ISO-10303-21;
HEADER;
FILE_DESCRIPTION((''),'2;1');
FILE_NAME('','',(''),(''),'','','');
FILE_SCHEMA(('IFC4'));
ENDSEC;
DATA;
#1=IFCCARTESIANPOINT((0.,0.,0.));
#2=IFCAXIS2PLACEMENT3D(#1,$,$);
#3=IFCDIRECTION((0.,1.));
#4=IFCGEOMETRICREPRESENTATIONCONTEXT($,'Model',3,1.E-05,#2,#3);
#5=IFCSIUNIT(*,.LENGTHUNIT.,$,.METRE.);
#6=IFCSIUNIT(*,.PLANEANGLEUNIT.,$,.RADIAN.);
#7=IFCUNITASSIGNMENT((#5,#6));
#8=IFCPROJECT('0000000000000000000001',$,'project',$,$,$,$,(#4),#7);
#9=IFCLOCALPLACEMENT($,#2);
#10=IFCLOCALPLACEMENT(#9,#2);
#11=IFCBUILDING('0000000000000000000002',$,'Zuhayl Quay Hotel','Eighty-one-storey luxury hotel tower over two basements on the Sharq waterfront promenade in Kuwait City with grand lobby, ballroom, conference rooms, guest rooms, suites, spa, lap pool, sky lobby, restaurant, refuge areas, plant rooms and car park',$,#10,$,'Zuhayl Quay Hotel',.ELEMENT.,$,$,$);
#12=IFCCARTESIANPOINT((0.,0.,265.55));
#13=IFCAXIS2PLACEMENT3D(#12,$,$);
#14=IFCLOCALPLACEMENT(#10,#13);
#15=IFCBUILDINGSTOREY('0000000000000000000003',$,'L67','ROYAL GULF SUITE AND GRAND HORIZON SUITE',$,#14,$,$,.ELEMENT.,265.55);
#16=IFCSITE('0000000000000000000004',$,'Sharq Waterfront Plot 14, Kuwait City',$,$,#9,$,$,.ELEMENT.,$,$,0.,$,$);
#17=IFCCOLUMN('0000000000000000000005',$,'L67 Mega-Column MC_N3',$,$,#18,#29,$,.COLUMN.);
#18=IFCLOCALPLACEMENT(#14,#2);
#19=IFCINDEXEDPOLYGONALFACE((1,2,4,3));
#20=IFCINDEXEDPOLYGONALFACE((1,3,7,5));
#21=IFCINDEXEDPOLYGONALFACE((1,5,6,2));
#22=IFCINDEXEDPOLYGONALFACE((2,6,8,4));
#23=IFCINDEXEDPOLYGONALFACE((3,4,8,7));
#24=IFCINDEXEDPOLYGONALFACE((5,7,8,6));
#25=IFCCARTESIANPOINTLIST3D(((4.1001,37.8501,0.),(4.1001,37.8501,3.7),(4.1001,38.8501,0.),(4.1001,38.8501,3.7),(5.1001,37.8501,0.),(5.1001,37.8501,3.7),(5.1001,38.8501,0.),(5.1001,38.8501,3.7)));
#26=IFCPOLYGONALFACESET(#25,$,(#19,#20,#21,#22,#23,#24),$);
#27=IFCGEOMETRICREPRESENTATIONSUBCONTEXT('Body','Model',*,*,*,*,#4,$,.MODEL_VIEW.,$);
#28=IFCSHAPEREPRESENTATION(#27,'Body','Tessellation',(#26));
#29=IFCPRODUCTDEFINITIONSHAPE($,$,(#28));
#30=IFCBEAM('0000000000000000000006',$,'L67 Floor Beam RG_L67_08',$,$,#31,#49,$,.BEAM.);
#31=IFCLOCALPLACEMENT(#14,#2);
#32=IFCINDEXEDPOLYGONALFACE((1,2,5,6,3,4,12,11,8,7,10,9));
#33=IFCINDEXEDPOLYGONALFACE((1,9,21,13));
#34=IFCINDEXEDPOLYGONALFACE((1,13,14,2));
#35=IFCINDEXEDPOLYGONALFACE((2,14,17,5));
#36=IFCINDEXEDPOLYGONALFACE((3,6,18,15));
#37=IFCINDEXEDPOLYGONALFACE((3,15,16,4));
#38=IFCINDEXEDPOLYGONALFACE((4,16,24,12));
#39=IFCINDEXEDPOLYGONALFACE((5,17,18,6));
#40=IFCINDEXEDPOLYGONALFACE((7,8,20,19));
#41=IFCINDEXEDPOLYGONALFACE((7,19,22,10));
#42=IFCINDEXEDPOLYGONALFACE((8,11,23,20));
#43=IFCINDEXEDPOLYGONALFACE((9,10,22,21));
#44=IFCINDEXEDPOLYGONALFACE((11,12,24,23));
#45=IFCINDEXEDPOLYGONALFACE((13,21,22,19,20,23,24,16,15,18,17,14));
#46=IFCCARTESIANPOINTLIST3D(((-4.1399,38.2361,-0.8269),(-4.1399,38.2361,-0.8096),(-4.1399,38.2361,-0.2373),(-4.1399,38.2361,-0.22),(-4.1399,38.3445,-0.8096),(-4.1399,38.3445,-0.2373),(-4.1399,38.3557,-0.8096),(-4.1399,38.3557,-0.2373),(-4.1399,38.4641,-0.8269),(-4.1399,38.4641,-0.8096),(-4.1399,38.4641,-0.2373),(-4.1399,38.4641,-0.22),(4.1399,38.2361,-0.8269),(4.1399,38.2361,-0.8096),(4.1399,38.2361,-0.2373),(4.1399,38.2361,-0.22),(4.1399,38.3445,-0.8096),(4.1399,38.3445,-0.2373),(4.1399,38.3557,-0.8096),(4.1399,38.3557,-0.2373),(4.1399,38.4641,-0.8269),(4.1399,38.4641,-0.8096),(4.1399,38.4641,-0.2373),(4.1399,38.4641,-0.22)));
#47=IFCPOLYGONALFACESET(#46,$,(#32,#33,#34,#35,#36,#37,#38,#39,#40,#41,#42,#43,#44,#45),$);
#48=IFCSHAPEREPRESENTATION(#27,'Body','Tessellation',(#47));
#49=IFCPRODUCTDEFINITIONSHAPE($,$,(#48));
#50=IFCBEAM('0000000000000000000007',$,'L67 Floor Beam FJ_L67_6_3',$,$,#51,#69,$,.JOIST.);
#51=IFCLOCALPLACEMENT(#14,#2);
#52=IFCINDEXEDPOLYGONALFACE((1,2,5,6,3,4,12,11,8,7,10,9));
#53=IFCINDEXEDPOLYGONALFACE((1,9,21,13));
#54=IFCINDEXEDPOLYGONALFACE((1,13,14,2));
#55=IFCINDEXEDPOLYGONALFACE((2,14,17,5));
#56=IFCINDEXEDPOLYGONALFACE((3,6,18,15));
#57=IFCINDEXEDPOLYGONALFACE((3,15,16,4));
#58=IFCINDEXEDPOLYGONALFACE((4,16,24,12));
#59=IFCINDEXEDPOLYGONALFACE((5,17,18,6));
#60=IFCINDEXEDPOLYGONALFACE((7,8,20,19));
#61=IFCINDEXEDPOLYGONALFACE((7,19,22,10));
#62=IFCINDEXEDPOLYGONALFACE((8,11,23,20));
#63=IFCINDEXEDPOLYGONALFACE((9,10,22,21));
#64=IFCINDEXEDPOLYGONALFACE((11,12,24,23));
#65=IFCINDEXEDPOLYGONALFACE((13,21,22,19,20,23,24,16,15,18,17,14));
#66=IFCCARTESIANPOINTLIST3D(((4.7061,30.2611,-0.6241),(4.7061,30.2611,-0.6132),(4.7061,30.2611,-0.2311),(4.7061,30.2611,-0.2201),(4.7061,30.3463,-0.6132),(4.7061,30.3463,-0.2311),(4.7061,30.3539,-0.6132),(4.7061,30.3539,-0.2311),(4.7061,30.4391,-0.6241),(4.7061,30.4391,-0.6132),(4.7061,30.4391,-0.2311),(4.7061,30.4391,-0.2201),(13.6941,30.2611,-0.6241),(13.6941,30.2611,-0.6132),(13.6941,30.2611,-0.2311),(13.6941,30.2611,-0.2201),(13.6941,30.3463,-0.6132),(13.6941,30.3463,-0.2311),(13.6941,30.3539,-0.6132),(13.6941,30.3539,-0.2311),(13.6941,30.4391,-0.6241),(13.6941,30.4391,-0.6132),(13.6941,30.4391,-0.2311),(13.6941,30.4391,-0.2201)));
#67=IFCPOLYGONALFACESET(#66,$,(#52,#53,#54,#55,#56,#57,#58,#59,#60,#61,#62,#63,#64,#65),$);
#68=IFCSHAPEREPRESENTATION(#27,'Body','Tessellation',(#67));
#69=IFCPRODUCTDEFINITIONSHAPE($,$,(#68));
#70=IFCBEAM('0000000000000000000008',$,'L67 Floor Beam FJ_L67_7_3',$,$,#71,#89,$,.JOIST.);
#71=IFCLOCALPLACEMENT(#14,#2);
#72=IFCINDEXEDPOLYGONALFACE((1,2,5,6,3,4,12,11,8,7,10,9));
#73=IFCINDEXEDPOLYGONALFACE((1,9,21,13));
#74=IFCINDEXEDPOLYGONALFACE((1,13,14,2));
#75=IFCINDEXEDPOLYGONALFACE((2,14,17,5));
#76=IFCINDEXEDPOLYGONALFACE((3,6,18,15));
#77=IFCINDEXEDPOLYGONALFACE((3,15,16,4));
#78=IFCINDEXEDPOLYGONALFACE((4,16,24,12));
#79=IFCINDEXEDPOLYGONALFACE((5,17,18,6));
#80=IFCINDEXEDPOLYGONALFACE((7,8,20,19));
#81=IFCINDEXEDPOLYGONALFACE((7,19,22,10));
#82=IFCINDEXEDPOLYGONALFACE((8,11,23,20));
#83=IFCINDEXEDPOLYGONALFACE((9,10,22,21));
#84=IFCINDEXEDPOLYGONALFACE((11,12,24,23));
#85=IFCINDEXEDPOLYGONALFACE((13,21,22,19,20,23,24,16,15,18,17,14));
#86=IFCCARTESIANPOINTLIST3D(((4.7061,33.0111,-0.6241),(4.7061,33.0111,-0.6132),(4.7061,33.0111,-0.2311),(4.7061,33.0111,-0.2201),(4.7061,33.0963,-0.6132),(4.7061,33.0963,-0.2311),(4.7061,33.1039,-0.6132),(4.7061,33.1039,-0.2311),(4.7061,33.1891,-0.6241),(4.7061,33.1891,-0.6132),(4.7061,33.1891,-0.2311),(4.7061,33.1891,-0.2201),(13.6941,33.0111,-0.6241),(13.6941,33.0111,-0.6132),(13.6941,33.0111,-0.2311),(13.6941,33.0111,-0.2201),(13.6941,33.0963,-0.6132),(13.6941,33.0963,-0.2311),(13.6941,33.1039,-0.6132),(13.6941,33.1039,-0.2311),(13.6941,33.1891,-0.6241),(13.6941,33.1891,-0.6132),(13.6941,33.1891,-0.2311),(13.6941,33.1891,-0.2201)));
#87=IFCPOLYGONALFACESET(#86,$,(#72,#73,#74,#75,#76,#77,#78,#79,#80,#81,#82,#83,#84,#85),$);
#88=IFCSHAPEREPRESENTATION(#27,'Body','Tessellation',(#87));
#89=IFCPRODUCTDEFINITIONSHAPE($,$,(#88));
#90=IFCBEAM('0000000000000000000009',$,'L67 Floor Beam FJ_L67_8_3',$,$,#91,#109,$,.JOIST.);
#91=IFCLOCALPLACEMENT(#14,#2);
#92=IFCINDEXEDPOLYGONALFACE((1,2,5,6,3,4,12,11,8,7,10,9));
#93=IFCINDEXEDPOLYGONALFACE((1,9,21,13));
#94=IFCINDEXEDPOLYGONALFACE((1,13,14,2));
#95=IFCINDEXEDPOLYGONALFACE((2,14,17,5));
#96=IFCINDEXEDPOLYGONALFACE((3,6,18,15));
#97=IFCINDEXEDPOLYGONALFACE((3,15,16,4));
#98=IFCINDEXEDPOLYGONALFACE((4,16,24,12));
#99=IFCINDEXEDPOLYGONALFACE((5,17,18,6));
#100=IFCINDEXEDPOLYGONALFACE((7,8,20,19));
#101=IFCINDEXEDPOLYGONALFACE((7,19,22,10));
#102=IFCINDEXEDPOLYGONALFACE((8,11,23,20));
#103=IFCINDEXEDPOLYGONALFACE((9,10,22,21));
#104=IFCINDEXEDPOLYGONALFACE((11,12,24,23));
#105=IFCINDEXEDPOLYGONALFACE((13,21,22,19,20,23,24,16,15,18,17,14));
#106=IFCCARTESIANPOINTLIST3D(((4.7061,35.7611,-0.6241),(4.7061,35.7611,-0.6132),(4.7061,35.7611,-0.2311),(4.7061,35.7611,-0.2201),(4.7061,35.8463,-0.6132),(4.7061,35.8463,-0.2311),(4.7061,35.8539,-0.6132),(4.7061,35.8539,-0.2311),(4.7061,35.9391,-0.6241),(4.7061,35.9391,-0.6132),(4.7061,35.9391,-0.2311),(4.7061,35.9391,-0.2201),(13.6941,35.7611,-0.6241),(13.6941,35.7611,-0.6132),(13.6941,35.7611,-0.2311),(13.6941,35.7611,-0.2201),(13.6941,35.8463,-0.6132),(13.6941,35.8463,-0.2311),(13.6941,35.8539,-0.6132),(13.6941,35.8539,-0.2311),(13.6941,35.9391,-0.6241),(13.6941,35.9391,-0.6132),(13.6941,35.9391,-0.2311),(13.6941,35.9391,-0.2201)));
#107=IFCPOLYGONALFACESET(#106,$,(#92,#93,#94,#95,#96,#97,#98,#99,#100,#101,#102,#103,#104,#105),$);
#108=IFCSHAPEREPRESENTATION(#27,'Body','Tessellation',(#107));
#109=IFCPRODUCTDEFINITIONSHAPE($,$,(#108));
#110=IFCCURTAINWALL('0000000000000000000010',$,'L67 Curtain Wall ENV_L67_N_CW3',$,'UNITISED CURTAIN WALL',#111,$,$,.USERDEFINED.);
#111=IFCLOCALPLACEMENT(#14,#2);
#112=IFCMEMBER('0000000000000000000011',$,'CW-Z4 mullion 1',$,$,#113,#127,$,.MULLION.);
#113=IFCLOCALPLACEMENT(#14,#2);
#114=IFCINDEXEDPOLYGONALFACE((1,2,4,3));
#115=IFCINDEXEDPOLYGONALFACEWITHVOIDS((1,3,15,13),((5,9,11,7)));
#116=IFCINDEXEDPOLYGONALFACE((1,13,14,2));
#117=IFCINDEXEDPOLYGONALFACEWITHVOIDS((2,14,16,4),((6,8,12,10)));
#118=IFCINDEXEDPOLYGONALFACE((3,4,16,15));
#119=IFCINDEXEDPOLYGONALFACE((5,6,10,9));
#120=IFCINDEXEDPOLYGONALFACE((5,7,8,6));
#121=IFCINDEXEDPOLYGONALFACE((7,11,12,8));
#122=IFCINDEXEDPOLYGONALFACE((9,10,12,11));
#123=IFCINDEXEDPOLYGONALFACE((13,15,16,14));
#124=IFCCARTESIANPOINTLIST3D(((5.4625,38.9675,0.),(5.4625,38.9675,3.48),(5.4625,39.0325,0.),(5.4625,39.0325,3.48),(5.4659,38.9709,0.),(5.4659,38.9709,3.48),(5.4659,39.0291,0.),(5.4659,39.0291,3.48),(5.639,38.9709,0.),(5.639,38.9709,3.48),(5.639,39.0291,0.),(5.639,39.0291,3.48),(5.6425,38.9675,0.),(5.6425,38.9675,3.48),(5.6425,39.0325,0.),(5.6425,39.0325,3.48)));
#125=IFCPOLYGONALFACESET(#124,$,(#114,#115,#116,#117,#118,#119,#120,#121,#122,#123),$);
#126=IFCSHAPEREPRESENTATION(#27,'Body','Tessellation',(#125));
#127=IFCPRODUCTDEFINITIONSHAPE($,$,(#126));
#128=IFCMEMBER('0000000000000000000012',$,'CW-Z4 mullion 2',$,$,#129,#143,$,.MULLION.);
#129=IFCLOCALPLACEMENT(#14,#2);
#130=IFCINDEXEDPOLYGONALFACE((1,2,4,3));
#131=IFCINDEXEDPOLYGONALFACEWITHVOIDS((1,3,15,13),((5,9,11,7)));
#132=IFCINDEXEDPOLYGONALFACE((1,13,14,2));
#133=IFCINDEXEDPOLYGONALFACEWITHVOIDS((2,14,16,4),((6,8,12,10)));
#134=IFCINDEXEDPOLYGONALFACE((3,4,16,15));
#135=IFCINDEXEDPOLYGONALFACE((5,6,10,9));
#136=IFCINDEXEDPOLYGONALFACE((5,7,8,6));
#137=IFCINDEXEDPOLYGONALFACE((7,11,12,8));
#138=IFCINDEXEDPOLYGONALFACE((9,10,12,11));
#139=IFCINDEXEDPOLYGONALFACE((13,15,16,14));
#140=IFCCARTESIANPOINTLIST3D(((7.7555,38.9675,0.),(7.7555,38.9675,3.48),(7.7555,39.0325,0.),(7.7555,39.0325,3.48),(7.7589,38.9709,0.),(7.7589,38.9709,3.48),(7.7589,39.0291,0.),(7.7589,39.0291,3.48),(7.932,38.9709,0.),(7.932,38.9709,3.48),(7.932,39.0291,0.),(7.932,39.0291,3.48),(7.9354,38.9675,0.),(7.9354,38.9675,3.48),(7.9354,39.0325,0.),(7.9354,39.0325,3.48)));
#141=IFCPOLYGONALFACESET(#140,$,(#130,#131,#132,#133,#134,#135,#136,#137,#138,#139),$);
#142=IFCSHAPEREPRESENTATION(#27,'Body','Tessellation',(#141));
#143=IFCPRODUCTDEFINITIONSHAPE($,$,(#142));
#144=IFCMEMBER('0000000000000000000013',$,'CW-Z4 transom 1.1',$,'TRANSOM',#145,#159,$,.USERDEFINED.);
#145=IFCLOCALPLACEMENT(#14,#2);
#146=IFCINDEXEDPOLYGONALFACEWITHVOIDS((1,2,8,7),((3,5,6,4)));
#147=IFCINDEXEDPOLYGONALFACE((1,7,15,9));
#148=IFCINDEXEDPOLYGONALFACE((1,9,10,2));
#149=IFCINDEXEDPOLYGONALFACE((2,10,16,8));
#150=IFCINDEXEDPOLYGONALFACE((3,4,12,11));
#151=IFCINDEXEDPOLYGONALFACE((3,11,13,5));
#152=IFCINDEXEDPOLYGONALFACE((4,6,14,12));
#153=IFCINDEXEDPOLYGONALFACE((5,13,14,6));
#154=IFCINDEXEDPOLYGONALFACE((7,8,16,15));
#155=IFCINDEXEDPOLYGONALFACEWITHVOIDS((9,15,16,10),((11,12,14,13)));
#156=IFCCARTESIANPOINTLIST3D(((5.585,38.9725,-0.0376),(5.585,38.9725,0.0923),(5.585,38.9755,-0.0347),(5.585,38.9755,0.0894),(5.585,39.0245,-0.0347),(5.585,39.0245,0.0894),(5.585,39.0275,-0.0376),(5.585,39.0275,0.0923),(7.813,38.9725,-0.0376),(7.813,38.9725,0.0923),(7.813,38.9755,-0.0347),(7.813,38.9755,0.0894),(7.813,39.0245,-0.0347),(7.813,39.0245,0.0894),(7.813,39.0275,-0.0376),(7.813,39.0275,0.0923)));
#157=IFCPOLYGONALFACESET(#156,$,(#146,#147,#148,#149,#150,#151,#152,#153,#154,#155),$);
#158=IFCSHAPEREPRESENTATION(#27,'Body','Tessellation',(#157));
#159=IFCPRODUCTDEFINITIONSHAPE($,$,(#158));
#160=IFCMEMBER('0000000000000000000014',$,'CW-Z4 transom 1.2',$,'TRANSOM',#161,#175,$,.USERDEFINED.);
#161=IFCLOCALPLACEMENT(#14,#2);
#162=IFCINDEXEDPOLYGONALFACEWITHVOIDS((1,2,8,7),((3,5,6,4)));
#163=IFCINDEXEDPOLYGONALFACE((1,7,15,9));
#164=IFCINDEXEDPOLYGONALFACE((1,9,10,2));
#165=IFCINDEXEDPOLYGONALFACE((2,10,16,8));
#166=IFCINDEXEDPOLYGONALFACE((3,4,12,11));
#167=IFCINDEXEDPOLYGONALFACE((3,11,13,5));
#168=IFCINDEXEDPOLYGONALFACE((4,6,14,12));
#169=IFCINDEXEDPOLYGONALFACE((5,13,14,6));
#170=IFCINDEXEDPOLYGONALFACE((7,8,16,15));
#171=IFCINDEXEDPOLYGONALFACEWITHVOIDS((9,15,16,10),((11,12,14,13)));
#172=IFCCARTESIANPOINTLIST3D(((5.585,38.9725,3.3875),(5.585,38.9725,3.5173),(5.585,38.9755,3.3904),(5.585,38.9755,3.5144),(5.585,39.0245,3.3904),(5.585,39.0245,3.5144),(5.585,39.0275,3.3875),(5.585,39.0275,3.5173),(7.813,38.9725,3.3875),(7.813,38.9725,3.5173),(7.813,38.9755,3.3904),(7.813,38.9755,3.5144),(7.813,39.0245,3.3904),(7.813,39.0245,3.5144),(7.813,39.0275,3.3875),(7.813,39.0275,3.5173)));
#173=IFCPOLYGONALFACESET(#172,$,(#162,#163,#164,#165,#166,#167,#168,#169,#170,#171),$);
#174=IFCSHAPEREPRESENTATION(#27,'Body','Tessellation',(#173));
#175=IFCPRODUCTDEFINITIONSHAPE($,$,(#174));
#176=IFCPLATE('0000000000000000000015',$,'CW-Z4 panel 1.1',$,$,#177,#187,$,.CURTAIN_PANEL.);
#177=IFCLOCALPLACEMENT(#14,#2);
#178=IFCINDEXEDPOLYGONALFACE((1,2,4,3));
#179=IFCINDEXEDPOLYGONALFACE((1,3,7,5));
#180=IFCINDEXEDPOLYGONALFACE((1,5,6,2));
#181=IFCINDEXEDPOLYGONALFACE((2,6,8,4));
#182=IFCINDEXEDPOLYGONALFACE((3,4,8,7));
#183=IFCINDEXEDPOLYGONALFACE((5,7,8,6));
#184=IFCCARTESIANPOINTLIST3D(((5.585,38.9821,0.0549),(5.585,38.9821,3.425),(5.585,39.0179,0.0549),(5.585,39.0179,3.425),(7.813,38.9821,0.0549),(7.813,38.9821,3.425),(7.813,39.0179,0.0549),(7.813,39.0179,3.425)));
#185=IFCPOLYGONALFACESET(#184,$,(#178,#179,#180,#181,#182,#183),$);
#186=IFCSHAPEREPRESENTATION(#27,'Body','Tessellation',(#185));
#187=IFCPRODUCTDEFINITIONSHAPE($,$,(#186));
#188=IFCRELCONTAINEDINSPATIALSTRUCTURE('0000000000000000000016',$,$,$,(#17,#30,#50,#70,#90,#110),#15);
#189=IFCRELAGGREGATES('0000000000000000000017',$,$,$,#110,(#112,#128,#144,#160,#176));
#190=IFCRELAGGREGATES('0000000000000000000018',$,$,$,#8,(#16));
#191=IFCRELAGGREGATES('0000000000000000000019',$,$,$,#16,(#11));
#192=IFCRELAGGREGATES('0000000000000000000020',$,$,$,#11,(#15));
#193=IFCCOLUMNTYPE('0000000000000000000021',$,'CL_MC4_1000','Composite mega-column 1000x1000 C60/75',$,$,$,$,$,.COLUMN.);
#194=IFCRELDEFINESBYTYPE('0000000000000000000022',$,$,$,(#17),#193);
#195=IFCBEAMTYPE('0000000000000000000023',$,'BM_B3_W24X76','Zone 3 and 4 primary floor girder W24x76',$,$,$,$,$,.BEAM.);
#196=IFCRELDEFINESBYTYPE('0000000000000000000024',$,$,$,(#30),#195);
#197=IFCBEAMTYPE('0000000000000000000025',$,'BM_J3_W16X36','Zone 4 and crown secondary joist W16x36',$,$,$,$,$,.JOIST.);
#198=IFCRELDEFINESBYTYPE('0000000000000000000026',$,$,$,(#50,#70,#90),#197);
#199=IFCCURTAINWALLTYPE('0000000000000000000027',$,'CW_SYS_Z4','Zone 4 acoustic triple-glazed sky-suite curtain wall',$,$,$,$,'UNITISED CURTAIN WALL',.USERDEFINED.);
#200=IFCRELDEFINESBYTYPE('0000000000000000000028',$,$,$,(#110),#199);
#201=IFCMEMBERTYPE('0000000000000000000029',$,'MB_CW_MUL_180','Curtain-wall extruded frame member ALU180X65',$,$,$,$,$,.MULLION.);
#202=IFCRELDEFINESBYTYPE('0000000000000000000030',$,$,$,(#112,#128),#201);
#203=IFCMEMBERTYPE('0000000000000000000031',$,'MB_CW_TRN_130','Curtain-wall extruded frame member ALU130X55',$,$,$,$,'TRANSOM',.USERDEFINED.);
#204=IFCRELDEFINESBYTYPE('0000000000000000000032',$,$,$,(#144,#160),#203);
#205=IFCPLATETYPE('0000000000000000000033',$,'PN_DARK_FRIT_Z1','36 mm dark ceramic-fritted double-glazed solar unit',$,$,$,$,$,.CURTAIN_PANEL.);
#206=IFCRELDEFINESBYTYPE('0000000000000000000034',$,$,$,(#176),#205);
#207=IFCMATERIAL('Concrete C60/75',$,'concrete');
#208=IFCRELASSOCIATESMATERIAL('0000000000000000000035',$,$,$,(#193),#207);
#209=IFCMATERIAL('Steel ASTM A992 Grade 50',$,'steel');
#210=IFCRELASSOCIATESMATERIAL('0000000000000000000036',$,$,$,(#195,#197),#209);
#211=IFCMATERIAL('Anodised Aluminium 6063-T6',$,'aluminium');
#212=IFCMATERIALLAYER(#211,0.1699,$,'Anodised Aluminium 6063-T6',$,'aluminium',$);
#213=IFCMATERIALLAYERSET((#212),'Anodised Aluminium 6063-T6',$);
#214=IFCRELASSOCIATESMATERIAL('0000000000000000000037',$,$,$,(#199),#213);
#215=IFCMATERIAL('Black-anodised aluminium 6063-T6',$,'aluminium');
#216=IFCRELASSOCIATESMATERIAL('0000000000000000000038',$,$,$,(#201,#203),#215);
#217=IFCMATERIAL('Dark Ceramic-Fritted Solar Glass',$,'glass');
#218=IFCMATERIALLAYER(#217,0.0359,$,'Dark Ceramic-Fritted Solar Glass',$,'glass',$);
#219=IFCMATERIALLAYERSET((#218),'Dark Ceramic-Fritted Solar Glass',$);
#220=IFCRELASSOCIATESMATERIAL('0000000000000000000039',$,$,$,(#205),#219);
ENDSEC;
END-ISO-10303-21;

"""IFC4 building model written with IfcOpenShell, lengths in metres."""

from ifc_helpers import new_model, si_unit, direction, frame, origin, origin_2d, place, context, subcontext, project, spatial, rectangle, hollow_rectangle, i_section, extrude, material, layer, layer_set, material_profile, profile_set, type_object, element, aggregate, save


model = new_model("IFC4")

# Units and contexts
model_context = context("Model", 3, precision=1e-05, world=origin(), true_north=direction((0.0, 1.0)))
body_context = subcontext(model_context, "Body", "Model", "MODEL_VIEW")
ifc_project = project(units=[si_unit("LENGTHUNIT", "METRE"), si_unit("PLANEANGLEUNIT", "RADIAN")], contexts=[model_context])

# Site, building, storey
site_placement = place(None, origin())
site = spatial("IfcSite", under=ifc_project, at=site_placement, Name="Sharq Waterfront Plot 14, Kuwait City", CompositionType="ELEMENT", RefElevation=0.0)
building_placement = place(site_placement, origin())
building = spatial("IfcBuilding", under=site, at=building_placement, Name="Zuhayl Quay Hotel", Description="Eighty-one-storey luxury hotel tower over two basements on the Sharq waterfront promenade in Kuwait City with grand lobby, ballroom, conference rooms, guest rooms, suites, spa, lap pool, sky lobby, restaurant, refuge areas, plant rooms and car park", LongName="Zuhayl Quay Hotel", CompositionType="ELEMENT")
storey_placement = place(building_placement, frame((0.0, 0.0, 265.55)))
storey = spatial("IfcBuildingStorey", under=building, at=storey_placement, Name="L67", Description="ROYAL GULF SUITE AND GRAND HORIZON SUITE", CompositionType="ELEMENT", Elevation=265.55)

# Column
ifc_material_1 = material(Name="Concrete C60/75", Category="concrete")
ifc_material_profile_1 = material_profile(ifc_material_1, rectangle(XDim=1.0, YDim=1.0, at=origin_2d()), Name="RC1000X1000")
ifc_profile_set_1 = profile_set([ifc_material_profile_1], Name="Concrete C60/75")
column_type = type_object("IfcColumnType", Name="CL_MC4_1000", Description="Composite mega-column 1000x1000 C60/75", PredefinedType="COLUMN", material=ifc_profile_set_1)
column_placement = place(storey_placement, frame((4.6001, 38.3501, 0.0), z_axis=(0.0, 0.0, 1.0), x_axis=(1.0, 0.0, 0.0)))
element("IfcColumn", 1, at=column_placement, inside=storey, type_object=column_type, Name="L67 Mega-Column MC_N3", PredefinedType="COLUMN", context=body_context, shape_type="SweptSolid", body=[
    extrude(rectangle(XDim=1.0, YDim=1.0, at=origin_2d()), origin(), (0.0, 0.0, 1.0), 3.7),
])

# Beams
ifc_material_2 = material(Name="Steel ASTM A992 Grade 50", Category="steel")
ifc_material_profile_2 = material_profile(ifc_material_2, i_section(OverallWidth=0.228, OverallDepth=0.6069, WebThickness=0.0112, FlangeThickness=0.0173, at=origin_2d()), Name="W24X76")
ifc_profile_set_2 = profile_set([ifc_material_profile_2], Name="Steel ASTM A992 Grade 50")
beam_type_1 = type_object("IfcBeamType", Name="BM_B3_W24X76", Description="Zone 3 and 4 primary floor girder W24x76", PredefinedType="BEAM", material=ifc_profile_set_2)
beam_placement = place(storey_placement, frame((4.1399, 38.3501, -0.5234), z_axis=(-1.0, 0.0, 0.0), x_axis=(0.0, -1.0, 0.0)))
element("IfcBeam", 2, at=beam_placement, inside=storey, type_object=beam_type_1, Name="L67 Floor Beam RG_L67_08", PredefinedType="BEAM", context=body_context, shape_type="SweptSolid", body=[
    extrude(i_section(OverallWidth=0.228, OverallDepth=0.6069, WebThickness=0.0112, FlangeThickness=0.0173, at=origin_2d()), origin(), (0.0, 0.0, 1.0), 8.2798),
])
ifc_material_profile_3 = material_profile(ifc_material_2, i_section(OverallWidth=0.178, OverallDepth=0.4041, WebThickness=0.0076, FlangeThickness=0.011, at=origin_2d()), Name="W16X36")
ifc_profile_set_3 = profile_set([ifc_material_profile_3], Name="Steel ASTM A992 Grade 50")
beam_type_2 = type_object("IfcBeamType", Name="BM_J3_W16X36", Description="Zone 4 and crown secondary joist W16x36", PredefinedType="JOIST", material=ifc_profile_set_3)
for number, where, z_axis, x_axis, name in (
    (3, (4.7061, 30.3501, -0.4221), (1.0, 0.0, 0.0), (0.0, 1.0, 0.0), "L67 Floor Beam FJ_L67_6_3"),
    (4, (4.7061, 33.1001, -0.4221), (1.0, 0.0, 0.0), (0.0, 1.0, 0.0), "L67 Floor Beam FJ_L67_7_3"),
    (5, (4.7061, 35.8501, -0.4221), (1.0, 0.0, 0.0), (0.0, 1.0, 0.0), "L67 Floor Beam FJ_L67_8_3"),
):
    element("IfcBeam", number, at=place(storey_placement, frame(where, z_axis=z_axis, x_axis=x_axis)), inside=storey, type_object=beam_type_2, Name=name, PredefinedType="JOIST", context=body_context, shape_type="SweptSolid", body=[
        extrude(i_section(OverallWidth=0.178, OverallDepth=0.4041, WebThickness=0.0076, FlangeThickness=0.011, at=origin_2d()), origin(), (0.0, 0.0, 1.0), 8.988),
    ])

# Curtain wall, members, plate
ifc_material_3 = material(Name="Anodised Aluminium 6063-T6", Category="aluminium")
ifc_layer_1 = layer(ifc_material_3, 0.1699, Name="Anodised Aluminium 6063-T6", Category="aluminium")
ifc_layer_set_1 = layer_set([ifc_layer_1], Name="Anodised Aluminium 6063-T6")
curtain_wall_type = type_object("IfcCurtainWallType", Name="CW_SYS_Z4", Description="Zone 4 acoustic triple-glazed sky-suite curtain wall", ElementType="UNITISED CURTAIN WALL", PredefinedType="USERDEFINED", material=ifc_layer_set_1)
curtain_wall_placement = place(storey_placement, origin())
curtain_wall = element("IfcCurtainWall", 6, at=curtain_wall_placement, inside=storey, type_object=curtain_wall_type, Name="L67 Curtain Wall ENV_L67_N_CW3", ObjectType="UNITISED CURTAIN WALL", PredefinedType="USERDEFINED")
ifc_material_4 = material(Name="Black-anodised aluminium 6063-T6", Category="aluminium")
ifc_material_profile_4 = material_profile(ifc_material_4, hollow_rectangle(XDim=0.0649, YDim=0.1799, WallThickness=0.0034, at=origin_2d()), Name="ALU180X65")
ifc_profile_set_4 = profile_set([ifc_material_profile_4], Name="Black-anodised aluminium 6063-T6")
member_type_1 = type_object("IfcMemberType", Name="MB_CW_MUL_180", Description="Curtain-wall extruded frame member ALU180X65", PredefinedType="MULLION", material=ifc_profile_set_4)
member_1_placement = place(storey_placement, frame((5.5525, 39.0, 0.0), z_axis=(0.0, 0.0, 1.0), x_axis=(0.0, 1.0, 0.0)))
member_1 = element("IfcMember", 7, at=member_1_placement, type_object=member_type_1, Name="CW-Z4 mullion 1", PredefinedType="MULLION", context=body_context, shape_type="SweptSolid", body=[
    extrude(hollow_rectangle(XDim=0.0649, YDim=0.1799, WallThickness=0.0034, at=origin_2d()), origin(), (0.0, 0.0, 1.0), 3.48),
])
member_2_placement = place(storey_placement, frame((7.8455, 39.0, 0.0), z_axis=(0.0, 0.0, 1.0), x_axis=(0.0, 1.0, 0.0)))
member_2 = element("IfcMember", 8, at=member_2_placement, type_object=member_type_1, Name="CW-Z4 mullion 2", PredefinedType="MULLION", context=body_context, shape_type="SweptSolid", body=[
    extrude(hollow_rectangle(XDim=0.0649, YDim=0.1799, WallThickness=0.0034, at=origin_2d()), origin(), (0.0, 0.0, 1.0), 3.48),
])
ifc_material_profile_5 = material_profile(ifc_material_4, hollow_rectangle(XDim=0.0549, YDim=0.1299, WallThickness=0.0029, at=origin_2d()), Name="ALU130X55")
ifc_profile_set_5 = profile_set([ifc_material_profile_5], Name="Black-anodised aluminium 6063-T6")
member_type_2 = type_object("IfcMemberType", Name="MB_CW_TRN_130", Description="Curtain-wall extruded frame member ALU130X55", ElementType="TRANSOM", PredefinedType="USERDEFINED", material=ifc_profile_set_5)
member_3_placement = place(storey_placement, frame((5.585, 39.0, 0.0273), z_axis=(1.0, 0.0, 0.0), x_axis=(0.0, 1.0, 0.0)))
member_3 = element("IfcMember", 9, at=member_3_placement, type_object=member_type_2, Name="CW-Z4 transom 1.1", ObjectType="TRANSOM", PredefinedType="USERDEFINED", context=body_context, shape_type="SweptSolid", body=[
    extrude(hollow_rectangle(XDim=0.0549, YDim=0.1299, WallThickness=0.0029, at=origin_2d()), origin(), (0.0, 0.0, 1.0), 2.228),
])
member_4_placement = place(storey_placement, frame((5.585, 39.0, 3.4524), z_axis=(1.0, 0.0, 0.0), x_axis=(0.0, 1.0, 0.0)))
member_4 = element("IfcMember", 10, at=member_4_placement, type_object=member_type_2, Name="CW-Z4 transom 1.2", ObjectType="TRANSOM", PredefinedType="USERDEFINED", context=body_context, shape_type="SweptSolid", body=[
    extrude(hollow_rectangle(XDim=0.0549, YDim=0.1299, WallThickness=0.0029, at=origin_2d()), origin(), (0.0, 0.0, 1.0), 2.228),
])
ifc_material_5 = material(Name="Dark Ceramic-Fritted Solar Glass", Category="glass")
ifc_layer_2 = layer(ifc_material_5, 0.0359, Name="Dark Ceramic-Fritted Solar Glass", Category="glass")
ifc_layer_set_2 = layer_set([ifc_layer_2], Name="Dark Ceramic-Fritted Solar Glass")
plate_type = type_object("IfcPlateType", Name="PN_DARK_FRIT_Z1", Description="36 mm dark ceramic-fritted double-glazed solar unit", PredefinedType="CURTAIN_PANEL", material=ifc_layer_set_2)
plate_placement = place(storey_placement, frame((6.699, 39.0, 0.0549), z_axis=(0.0, 0.0, 1.0), x_axis=(1.0, 0.0, 0.0)))
plate = element("IfcPlate", 11, at=plate_placement, type_object=plate_type, Name="CW-Z4 panel 1.1", PredefinedType="CURTAIN_PANEL", context=body_context, shape_type="SweptSolid", body=[
    extrude(rectangle(XDim=2.228, YDim=0.0359, at=origin_2d()), origin(), (0.0, 0.0, 1.0), 3.3701),
])
aggregate(curtain_wall, [member_1, member_2, member_3, member_4, plate])

save(model, "model.ifc")
